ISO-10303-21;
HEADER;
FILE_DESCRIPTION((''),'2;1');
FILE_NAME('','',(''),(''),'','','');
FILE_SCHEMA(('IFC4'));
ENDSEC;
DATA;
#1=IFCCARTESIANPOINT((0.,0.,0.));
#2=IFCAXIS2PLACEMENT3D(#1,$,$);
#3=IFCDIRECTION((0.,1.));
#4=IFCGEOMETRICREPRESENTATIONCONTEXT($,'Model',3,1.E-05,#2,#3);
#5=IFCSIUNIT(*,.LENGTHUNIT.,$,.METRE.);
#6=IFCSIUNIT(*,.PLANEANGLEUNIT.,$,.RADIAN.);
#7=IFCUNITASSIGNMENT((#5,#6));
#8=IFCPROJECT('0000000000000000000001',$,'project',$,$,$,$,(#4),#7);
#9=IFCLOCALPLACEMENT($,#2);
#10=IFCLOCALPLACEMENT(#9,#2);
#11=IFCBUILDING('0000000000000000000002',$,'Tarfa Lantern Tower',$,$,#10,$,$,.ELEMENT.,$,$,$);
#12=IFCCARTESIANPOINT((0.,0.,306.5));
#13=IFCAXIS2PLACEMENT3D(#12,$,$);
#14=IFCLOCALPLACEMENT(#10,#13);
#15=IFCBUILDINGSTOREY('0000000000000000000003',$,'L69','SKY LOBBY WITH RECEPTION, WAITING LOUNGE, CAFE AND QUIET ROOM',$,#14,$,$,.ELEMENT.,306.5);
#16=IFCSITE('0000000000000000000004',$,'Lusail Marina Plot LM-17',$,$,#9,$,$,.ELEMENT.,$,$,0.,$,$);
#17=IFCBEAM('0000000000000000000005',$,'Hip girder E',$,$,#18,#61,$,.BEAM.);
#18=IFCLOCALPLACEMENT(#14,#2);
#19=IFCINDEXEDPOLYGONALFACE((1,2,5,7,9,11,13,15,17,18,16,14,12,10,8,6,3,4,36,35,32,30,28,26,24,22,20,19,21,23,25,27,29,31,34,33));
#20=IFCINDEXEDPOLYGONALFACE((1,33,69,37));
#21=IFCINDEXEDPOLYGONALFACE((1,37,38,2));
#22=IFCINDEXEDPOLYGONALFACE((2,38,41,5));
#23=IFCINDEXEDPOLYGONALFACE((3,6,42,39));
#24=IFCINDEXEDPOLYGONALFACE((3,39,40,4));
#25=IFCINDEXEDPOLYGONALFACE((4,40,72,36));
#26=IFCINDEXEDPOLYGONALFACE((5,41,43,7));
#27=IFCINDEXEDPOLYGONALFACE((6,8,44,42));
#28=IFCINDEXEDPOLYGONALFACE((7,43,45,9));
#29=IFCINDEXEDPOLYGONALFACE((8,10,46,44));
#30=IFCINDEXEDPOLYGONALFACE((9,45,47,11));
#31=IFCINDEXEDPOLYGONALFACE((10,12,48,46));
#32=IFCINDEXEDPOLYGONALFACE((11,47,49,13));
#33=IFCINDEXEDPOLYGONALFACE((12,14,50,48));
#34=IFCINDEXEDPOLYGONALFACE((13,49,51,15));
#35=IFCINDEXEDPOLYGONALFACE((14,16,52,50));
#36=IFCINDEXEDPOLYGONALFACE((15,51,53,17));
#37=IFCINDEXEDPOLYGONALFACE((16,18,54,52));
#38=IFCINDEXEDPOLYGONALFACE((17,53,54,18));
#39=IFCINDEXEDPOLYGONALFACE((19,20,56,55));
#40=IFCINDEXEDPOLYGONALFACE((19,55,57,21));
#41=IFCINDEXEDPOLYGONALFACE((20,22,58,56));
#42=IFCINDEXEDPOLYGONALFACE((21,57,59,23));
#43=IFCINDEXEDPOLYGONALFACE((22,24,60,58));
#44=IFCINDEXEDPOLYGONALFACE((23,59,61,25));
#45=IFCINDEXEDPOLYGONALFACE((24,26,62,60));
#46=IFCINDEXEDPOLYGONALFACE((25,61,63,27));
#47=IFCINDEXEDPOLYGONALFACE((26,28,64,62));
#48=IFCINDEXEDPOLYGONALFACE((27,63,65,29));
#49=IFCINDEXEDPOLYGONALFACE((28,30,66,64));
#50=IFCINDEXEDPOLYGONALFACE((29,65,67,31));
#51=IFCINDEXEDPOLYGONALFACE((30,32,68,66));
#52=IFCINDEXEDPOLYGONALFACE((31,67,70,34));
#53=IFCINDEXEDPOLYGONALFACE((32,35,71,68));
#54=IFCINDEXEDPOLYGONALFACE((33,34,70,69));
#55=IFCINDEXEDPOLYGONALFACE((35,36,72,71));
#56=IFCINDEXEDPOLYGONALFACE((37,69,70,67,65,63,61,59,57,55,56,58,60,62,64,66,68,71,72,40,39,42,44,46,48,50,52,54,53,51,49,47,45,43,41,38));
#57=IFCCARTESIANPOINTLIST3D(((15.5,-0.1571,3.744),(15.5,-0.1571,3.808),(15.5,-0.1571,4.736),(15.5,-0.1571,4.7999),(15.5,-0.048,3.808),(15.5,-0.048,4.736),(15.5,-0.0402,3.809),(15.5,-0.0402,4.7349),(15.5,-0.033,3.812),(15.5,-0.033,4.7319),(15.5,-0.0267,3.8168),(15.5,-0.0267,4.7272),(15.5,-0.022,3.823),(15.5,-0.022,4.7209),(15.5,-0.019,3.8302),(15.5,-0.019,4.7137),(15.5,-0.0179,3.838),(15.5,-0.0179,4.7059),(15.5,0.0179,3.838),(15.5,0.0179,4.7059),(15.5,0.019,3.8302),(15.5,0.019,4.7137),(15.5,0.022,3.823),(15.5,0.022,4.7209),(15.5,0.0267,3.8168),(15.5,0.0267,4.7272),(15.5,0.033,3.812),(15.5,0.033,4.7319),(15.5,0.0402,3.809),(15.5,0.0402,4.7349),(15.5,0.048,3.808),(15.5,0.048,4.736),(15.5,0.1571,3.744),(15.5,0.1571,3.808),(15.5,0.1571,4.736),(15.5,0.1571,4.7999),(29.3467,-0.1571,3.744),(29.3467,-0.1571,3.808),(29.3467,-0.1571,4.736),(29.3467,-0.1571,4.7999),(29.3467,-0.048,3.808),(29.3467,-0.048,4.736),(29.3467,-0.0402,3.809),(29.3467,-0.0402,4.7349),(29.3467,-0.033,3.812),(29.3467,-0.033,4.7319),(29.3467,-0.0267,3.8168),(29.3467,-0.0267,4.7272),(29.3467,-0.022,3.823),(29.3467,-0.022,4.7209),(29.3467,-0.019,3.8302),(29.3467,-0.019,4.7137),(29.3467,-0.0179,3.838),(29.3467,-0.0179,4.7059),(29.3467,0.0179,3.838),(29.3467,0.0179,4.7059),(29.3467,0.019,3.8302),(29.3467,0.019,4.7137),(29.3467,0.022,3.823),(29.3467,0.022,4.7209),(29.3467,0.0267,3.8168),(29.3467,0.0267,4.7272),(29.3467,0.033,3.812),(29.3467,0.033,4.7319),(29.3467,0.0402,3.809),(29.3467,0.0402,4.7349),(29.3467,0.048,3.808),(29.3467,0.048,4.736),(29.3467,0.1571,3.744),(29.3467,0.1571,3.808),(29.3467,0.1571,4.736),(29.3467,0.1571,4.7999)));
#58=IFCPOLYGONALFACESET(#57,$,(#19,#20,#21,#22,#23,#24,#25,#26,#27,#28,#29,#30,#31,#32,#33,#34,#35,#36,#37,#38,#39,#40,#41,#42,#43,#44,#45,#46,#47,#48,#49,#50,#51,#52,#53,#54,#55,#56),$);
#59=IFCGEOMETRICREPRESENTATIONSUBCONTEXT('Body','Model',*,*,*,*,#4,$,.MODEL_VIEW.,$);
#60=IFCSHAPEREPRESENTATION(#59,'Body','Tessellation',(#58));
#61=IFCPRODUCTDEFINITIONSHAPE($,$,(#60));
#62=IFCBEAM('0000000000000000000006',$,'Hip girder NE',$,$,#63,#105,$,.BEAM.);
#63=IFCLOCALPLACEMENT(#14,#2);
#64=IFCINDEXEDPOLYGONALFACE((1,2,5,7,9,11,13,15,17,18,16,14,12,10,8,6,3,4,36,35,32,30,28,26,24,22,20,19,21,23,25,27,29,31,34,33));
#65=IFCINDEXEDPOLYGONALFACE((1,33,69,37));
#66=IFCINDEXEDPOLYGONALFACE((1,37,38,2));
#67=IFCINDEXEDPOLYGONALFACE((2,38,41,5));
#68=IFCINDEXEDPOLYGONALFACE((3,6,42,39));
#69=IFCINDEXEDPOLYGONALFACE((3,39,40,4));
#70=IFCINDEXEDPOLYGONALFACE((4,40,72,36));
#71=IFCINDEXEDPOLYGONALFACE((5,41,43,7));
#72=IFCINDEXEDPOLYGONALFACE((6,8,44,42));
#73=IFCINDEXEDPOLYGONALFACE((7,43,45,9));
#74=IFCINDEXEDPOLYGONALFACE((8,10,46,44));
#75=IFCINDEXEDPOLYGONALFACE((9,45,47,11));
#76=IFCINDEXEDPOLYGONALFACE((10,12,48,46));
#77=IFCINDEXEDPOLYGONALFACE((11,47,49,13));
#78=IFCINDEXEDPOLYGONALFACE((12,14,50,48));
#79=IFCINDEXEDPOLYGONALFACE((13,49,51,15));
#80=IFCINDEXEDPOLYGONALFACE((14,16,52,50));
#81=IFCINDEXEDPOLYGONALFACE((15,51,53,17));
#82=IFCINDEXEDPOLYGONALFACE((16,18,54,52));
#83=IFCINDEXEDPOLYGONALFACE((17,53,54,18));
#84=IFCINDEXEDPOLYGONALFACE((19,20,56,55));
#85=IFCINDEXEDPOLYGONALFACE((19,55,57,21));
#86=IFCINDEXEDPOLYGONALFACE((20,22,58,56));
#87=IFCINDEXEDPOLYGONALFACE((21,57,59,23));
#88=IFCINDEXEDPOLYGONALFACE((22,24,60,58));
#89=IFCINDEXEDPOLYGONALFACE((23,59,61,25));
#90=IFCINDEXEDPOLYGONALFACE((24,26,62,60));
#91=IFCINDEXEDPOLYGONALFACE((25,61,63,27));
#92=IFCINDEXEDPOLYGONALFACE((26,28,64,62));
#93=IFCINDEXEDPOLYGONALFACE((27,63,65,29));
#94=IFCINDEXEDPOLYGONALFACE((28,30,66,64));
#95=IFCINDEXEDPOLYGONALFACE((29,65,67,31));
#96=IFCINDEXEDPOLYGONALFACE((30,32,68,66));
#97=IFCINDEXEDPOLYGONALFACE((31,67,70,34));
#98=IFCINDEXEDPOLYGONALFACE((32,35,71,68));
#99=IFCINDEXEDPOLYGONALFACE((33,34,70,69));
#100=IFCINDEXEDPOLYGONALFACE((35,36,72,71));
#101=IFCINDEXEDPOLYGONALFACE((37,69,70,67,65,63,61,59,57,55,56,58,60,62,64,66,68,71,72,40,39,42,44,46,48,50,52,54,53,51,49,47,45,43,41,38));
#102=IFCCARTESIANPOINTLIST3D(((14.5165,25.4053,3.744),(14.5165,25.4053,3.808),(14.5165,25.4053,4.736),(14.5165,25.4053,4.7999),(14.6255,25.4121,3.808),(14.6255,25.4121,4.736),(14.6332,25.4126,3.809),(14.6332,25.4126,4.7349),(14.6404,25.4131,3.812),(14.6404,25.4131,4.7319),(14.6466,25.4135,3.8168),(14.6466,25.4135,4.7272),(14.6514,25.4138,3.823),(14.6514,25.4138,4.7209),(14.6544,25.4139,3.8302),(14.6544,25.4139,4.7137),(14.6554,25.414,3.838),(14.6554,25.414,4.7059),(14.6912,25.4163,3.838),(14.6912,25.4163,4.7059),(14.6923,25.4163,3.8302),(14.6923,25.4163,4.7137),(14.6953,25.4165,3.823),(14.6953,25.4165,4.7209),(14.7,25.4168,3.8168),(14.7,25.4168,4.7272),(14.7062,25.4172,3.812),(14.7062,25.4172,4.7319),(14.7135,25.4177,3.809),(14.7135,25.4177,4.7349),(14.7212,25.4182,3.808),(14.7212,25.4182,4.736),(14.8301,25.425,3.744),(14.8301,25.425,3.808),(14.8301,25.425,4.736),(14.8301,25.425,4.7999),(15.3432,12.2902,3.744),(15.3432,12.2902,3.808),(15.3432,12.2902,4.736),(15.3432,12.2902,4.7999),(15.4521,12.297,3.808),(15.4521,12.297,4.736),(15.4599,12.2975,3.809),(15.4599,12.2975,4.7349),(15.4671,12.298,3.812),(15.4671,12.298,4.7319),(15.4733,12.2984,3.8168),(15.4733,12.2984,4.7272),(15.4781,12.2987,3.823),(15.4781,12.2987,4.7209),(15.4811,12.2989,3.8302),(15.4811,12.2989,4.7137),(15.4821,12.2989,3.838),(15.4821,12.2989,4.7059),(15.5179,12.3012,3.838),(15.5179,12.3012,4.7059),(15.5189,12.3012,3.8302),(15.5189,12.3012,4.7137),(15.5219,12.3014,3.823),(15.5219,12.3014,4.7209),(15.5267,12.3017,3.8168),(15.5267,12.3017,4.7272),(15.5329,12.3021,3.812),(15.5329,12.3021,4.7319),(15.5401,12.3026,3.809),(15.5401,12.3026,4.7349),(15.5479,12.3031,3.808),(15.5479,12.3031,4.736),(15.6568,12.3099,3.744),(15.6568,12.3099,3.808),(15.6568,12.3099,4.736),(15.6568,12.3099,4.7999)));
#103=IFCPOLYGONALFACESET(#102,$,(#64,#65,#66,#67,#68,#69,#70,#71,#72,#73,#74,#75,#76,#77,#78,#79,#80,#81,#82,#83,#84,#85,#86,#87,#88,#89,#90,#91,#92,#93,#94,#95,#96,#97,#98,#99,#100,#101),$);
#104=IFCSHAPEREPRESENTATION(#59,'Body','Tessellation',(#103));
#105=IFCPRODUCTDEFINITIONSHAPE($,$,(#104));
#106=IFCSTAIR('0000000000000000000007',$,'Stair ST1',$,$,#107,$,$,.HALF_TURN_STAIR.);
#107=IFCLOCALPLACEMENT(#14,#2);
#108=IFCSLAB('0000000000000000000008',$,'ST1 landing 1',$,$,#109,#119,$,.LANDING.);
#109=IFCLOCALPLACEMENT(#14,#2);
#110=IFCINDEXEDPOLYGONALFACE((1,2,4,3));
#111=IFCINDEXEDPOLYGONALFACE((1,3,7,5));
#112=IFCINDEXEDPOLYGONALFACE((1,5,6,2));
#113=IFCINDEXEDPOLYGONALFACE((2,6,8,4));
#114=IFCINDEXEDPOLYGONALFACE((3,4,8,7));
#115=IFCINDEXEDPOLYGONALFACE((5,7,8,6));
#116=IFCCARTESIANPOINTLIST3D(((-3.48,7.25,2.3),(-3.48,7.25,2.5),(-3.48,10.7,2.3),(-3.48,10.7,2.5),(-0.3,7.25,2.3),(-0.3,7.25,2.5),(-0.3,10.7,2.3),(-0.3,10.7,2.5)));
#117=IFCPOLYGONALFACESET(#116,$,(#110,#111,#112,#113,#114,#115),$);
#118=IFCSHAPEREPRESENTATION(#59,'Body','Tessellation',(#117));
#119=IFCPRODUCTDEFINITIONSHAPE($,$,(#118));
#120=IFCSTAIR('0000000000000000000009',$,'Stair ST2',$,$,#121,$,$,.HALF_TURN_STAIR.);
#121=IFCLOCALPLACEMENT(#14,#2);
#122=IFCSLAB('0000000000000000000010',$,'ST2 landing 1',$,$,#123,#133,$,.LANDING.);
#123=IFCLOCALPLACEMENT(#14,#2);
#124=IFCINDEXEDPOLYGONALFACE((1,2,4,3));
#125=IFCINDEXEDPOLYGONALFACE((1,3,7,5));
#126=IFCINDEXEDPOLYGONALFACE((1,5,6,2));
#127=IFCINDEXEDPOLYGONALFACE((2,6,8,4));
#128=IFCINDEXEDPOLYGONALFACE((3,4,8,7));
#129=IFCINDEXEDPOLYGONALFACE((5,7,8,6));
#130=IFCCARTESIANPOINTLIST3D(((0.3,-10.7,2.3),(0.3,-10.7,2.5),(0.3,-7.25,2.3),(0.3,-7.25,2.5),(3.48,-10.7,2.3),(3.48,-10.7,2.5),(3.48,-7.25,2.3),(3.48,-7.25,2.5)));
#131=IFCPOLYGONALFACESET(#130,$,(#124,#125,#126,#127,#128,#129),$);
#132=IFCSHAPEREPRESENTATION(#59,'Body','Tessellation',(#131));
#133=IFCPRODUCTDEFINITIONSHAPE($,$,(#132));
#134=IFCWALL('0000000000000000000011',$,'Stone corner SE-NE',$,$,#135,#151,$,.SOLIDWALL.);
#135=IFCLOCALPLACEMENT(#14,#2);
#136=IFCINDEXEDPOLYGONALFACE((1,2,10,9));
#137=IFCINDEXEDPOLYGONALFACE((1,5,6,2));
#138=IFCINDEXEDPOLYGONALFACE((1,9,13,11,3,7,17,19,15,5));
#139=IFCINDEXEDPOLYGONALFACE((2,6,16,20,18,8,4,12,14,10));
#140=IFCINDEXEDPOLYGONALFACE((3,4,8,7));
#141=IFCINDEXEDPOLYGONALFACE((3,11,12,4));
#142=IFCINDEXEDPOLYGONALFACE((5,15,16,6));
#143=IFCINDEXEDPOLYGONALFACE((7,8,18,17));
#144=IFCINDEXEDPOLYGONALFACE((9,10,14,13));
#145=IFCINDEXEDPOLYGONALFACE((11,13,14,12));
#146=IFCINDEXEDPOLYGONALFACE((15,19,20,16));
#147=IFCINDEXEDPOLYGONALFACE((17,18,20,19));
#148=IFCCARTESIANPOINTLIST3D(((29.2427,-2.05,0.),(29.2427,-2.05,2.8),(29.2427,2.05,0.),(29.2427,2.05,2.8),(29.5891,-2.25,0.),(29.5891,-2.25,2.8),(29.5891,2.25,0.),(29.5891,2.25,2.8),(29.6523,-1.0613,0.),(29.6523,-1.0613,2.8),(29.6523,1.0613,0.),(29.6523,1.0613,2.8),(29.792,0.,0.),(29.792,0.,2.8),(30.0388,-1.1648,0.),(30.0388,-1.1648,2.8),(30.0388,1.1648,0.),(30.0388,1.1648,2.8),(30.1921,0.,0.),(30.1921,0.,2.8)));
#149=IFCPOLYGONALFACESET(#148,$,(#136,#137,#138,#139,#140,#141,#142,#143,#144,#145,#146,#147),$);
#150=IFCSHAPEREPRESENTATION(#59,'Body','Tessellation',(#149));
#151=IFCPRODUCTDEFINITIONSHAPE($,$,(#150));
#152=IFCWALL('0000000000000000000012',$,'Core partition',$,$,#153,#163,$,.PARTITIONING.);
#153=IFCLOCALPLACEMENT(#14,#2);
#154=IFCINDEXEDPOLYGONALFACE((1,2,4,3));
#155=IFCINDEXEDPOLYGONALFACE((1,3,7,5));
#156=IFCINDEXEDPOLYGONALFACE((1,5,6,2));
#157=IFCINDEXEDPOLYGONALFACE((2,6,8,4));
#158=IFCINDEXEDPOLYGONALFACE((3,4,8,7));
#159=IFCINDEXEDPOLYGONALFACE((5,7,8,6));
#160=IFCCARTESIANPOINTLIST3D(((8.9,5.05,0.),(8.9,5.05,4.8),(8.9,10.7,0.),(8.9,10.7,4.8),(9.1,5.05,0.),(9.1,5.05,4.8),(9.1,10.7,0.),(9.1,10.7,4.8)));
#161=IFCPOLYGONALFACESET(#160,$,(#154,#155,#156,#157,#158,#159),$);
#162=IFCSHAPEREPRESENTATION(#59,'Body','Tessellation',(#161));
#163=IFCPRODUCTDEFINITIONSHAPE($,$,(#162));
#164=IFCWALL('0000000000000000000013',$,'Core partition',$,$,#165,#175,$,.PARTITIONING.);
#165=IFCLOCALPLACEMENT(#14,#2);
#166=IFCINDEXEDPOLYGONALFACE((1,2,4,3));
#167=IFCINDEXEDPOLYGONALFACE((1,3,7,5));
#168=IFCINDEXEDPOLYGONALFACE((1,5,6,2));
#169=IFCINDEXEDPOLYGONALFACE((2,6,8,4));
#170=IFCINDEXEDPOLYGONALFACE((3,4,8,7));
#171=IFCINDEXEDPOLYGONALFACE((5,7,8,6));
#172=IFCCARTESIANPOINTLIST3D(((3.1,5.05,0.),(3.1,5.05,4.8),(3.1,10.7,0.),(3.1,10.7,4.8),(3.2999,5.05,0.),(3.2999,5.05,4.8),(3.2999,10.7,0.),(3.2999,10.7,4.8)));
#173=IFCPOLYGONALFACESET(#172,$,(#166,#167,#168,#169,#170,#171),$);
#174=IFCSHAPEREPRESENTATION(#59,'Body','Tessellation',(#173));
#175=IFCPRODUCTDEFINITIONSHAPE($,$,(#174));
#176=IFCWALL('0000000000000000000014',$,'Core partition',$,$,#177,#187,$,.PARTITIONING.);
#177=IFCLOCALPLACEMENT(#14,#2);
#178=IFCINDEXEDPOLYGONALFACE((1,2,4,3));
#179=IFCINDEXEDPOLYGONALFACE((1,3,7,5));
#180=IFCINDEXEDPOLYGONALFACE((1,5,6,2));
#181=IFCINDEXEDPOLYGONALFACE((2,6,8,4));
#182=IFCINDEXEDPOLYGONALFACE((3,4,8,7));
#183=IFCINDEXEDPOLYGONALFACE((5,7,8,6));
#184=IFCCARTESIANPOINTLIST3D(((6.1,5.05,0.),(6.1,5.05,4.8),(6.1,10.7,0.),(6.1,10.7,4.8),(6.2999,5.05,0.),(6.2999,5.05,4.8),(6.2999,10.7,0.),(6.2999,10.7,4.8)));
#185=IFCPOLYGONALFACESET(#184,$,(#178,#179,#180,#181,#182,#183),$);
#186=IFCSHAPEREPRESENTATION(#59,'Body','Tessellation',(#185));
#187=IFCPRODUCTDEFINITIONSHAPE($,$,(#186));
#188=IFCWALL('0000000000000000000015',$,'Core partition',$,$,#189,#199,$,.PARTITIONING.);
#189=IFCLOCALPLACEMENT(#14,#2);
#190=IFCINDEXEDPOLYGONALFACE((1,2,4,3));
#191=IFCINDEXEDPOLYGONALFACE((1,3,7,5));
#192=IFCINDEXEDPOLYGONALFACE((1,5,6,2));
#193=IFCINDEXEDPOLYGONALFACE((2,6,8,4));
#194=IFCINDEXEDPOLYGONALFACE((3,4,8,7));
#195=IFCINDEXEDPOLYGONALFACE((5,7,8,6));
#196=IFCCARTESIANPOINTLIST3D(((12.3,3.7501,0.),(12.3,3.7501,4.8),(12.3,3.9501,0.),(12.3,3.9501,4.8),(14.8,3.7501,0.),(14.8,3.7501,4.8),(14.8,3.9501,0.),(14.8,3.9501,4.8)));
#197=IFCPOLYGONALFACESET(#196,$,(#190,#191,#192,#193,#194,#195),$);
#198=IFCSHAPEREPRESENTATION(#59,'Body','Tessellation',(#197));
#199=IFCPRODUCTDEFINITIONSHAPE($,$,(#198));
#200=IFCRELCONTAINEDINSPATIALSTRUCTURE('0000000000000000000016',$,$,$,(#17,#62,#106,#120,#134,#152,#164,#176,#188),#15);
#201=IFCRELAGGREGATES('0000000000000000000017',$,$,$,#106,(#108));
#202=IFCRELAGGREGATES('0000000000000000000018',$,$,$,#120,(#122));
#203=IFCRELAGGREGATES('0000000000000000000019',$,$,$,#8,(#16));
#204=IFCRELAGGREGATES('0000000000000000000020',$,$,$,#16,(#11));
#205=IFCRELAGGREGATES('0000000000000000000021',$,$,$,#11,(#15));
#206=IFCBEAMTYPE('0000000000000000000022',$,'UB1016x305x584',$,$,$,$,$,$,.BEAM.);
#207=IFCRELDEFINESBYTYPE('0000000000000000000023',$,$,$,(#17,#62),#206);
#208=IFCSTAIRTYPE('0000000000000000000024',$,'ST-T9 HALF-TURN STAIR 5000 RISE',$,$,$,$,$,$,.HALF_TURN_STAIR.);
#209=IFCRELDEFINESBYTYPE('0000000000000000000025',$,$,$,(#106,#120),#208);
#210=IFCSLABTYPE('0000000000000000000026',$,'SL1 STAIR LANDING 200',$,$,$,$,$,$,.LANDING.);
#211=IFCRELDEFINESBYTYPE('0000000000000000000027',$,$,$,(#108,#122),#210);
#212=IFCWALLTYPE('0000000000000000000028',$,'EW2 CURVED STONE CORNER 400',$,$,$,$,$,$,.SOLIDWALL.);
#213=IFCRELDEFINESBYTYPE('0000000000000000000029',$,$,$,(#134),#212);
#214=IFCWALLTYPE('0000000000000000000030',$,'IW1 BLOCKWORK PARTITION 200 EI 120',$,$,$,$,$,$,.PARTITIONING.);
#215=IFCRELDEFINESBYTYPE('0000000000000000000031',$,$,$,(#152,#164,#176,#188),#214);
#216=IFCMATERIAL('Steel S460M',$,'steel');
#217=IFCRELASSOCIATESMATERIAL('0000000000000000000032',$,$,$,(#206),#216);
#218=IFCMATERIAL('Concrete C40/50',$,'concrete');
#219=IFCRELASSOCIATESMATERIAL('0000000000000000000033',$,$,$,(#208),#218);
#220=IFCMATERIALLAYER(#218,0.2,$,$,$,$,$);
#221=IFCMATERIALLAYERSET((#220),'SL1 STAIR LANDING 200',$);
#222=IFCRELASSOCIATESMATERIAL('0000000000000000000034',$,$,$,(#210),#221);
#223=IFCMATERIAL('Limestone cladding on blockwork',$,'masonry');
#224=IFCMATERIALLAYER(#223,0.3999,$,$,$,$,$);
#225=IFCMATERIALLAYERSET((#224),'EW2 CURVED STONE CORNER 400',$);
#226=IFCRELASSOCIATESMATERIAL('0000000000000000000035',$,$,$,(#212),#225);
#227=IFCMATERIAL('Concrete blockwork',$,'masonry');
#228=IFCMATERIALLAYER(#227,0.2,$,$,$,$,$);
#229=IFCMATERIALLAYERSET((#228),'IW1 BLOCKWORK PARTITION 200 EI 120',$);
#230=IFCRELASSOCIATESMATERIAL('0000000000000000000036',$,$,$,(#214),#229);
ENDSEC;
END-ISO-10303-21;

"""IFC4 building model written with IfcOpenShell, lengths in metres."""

from ifc_helpers import new_model, si_unit, direction, frame, frame_2d, origin, origin_2d, place, context, subcontext, project, spatial, polyline, rectangle, i_section, outline, extrude, material, layer, layer_set, material_profile, profile_set, type_object, element, aggregate, save


model = new_model("IFC4")

# Units and contexts
model_context = context("Model", 3, precision=1e-05, world=origin(), true_north=direction((0.0, 1.0)))
body_context = subcontext(model_context, "Body", "Model", "MODEL_VIEW")
ifc_project = project(units=[si_unit("LENGTHUNIT", "METRE"), si_unit("PLANEANGLEUNIT", "RADIAN")], contexts=[model_context])

# Site, building, storey
site_placement = place(None, origin())
site = spatial("IfcSite", under=ifc_project, at=site_placement, Name="Lusail Marina Plot LM-17", CompositionType="ELEMENT", RefElevation=0.0)
building_placement = place(site_placement, origin())
building = spatial("IfcBuilding", under=site, at=building_placement, Name="Tarfa Lantern Tower", CompositionType="ELEMENT")
storey_placement = place(building_placement, frame((0.0, 0.0, 306.5)))
storey = spatial("IfcBuildingStorey", under=building, at=storey_placement, Name="L69", Description="SKY LOBBY WITH RECEPTION, WAITING LOUNGE, CAFE AND QUIET ROOM", CompositionType="ELEMENT", Elevation=306.5)

# Beams
ifc_material_1 = material(Name="Steel S460M", Category="steel")
ifc_material_profile = material_profile(ifc_material_1, i_section(OverallWidth=0.3142, OverallDepth=1.0559, WebThickness=0.0359, FlangeThickness=0.064, FilletRadius=0.03, at=origin_2d()), Name="UB1016x305x584")
ifc_profile_set = profile_set([ifc_material_profile], Name="Steel S460M")
beam_type = type_object("IfcBeamType", Name="UB1016x305x584", PredefinedType="BEAM", material=ifc_profile_set)
beam_1_placement = place(storey_placement, frame((15.5, 0.0, 4.272), z_axis=(1.0, 0.0, 0.0), x_axis=(0.0, 1.0, 0.0)))
element("IfcBeam", 1, at=beam_1_placement, inside=storey, type_object=beam_type, Name="Hip girder E", PredefinedType="BEAM", context=body_context, shape_type="SweptSolid", body=[
    extrude(i_section(OverallWidth=0.3142, OverallDepth=1.0559, WebThickness=0.0359, FlangeThickness=0.064, FilletRadius=0.03, at=origin_2d()), origin(), (0.0, 0.0, 1.0), 13.8467),
])
beam_2_placement = place(storey_placement, frame((15.5, 12.3, 4.272), z_axis=(-0.062907, 0.998019, 0.0), x_axis=(-0.998019, -0.062907, 0.0)))
element("IfcBeam", 2, at=beam_2_placement, inside=storey, type_object=beam_type, Name="Hip girder NE", PredefinedType="BEAM", context=body_context, shape_type="SweptSolid", body=[
    extrude(i_section(OverallWidth=0.3142, OverallDepth=1.0559, WebThickness=0.0359, FlangeThickness=0.064, FilletRadius=0.03, at=origin_2d()), origin(), (0.0, 0.0, 1.0), 13.1411),
])

# Stairs, slabs
ifc_material_2 = material(Name="Concrete C40/50", Category="concrete")
stair_type = type_object("IfcStairType", Name="ST-T9 HALF-TURN STAIR 5000 RISE", PredefinedType="HALF_TURN_STAIR", material=ifc_material_2)
stair_1_placement = place(storey_placement, origin())
stair_1 = element("IfcStair", 3, at=stair_1_placement, inside=storey, type_object=stair_type, Name="Stair ST1", PredefinedType="HALF_TURN_STAIR")
ifc_layer_1 = layer(ifc_material_2, 0.2)
ifc_layer_set_1 = layer_set([ifc_layer_1], Name="SL1 STAIR LANDING 200")
slab_type = type_object("IfcSlabType", Name="SL1 STAIR LANDING 200", PredefinedType="LANDING", material=ifc_layer_set_1)
slab_1_placement = place(storey_placement, frame((0.0, 0.0, 2.3)))
slab_1 = element("IfcSlab", 4, at=slab_1_placement, type_object=slab_type, Name="ST1 landing 1", PredefinedType="LANDING", context=body_context, shape_type="SweptSolid", body=[
    extrude(outline(polyline([(-3.48, 7.25), (-0.3, 7.25), (-0.3, 10.7), (-3.48, 10.7), (-3.48, 7.25)])), origin(), (0.0, 0.0, 1.0), 0.2),
])
aggregate(stair_1, [slab_1])
stair_2_placement = place(storey_placement, origin())
stair_2 = element("IfcStair", 5, at=stair_2_placement, inside=storey, type_object=stair_type, Name="Stair ST2", PredefinedType="HALF_TURN_STAIR")
slab_2_placement = place(storey_placement, frame((0.0, 0.0, 2.3)))
slab_2 = element("IfcSlab", 6, at=slab_2_placement, type_object=slab_type, Name="ST2 landing 1", PredefinedType="LANDING", context=body_context, shape_type="SweptSolid", body=[
    extrude(outline(polyline([(3.48, -7.25), (0.3, -7.25), (0.3, -10.7), (3.48, -10.7), (3.48, -7.25)])), origin(), (0.0, 0.0, 1.0), 0.2),
])
aggregate(stair_2, [slab_2])

# Walls
ifc_material_3 = material(Name="Limestone cladding on blockwork", Category="masonry")
ifc_layer_2 = layer(ifc_material_3, 0.3999)
ifc_layer_set_2 = layer_set([ifc_layer_2], Name="EW2 CURVED STONE CORNER 400")
wall_type_1 = type_object("IfcWallType", Name="EW2 CURVED STONE CORNER 400", PredefinedType="SOLIDWALL", material=ifc_layer_set_2)
wall_1_placement = place(storey_placement, origin())
element("IfcWall", 7, at=wall_1_placement, inside=storey, type_object=wall_type_1, Name="Stone corner SE-NE", PredefinedType="SOLIDWALL", context=body_context, shape_type="SweptSolid", body=[
    extrude(outline(polyline([(29.5891, -2.25), (30.0388, -1.1648), (30.1921, 0.0), (30.0388, 1.1648), (29.5891, 2.25), (29.2427, 2.05), (29.6523, 1.0613), (29.792, 0.0), (29.6523, -1.0613), (29.2427, -2.05), (29.5891, -2.25)])), origin(), (0.0, 0.0, 1.0), 2.8),
])
ifc_material_4 = material(Name="Concrete blockwork", Category="masonry")
ifc_layer_3 = layer(ifc_material_4, 0.2)
ifc_layer_set_3 = layer_set([ifc_layer_3], Name="IW1 BLOCKWORK PARTITION 200 EI 120")
wall_type_2 = type_object("IfcWallType", Name="IW1 BLOCKWORK PARTITION 200 EI 120", PredefinedType="PARTITIONING", material=ifc_layer_set_3)
for number, where, z_axis, x_axis, name in (
    (8, (9.0, 5.05, 0.0), (0.0, 0.0, 1.0), (0.0, 1.0, 0.0), "Core partition"),
    (9, (3.2, 5.05, 0.0), (0.0, 0.0, 1.0), (0.0, 1.0, 0.0), "Core partition"),
    (10, (6.2, 5.05, 0.0), (0.0, 0.0, 1.0), (0.0, 1.0, 0.0), "Core partition"),
):
    element("IfcWall", number, at=place(storey_placement, frame(where, z_axis=z_axis, x_axis=x_axis)), inside=storey, type_object=wall_type_2, Name=name, PredefinedType="PARTITIONING", context=body_context, shape_type="SweptSolid", body=[
        extrude(rectangle(XDim=5.6499, YDim=0.2, at=frame_2d((2.825, 0.0))), origin(), (0.0, 0.0, 1.0), 4.8),
    ])
wall_2_placement = place(storey_placement, frame((12.3, 3.8501, 0.0), z_axis=(0.0, 0.0, 1.0), x_axis=(1.0, 0.0, 0.0)))
element("IfcWall", 11, at=wall_2_placement, inside=storey, type_object=wall_type_2, Name="Core partition", PredefinedType="PARTITIONING", context=body_context, shape_type="SweptSolid", body=[
    extrude(rectangle(XDim=2.5, YDim=0.2, at=frame_2d((1.25, 0.0))), origin(), (0.0, 0.0, 1.0), 4.8),
])

save(model, "model.ifc")
